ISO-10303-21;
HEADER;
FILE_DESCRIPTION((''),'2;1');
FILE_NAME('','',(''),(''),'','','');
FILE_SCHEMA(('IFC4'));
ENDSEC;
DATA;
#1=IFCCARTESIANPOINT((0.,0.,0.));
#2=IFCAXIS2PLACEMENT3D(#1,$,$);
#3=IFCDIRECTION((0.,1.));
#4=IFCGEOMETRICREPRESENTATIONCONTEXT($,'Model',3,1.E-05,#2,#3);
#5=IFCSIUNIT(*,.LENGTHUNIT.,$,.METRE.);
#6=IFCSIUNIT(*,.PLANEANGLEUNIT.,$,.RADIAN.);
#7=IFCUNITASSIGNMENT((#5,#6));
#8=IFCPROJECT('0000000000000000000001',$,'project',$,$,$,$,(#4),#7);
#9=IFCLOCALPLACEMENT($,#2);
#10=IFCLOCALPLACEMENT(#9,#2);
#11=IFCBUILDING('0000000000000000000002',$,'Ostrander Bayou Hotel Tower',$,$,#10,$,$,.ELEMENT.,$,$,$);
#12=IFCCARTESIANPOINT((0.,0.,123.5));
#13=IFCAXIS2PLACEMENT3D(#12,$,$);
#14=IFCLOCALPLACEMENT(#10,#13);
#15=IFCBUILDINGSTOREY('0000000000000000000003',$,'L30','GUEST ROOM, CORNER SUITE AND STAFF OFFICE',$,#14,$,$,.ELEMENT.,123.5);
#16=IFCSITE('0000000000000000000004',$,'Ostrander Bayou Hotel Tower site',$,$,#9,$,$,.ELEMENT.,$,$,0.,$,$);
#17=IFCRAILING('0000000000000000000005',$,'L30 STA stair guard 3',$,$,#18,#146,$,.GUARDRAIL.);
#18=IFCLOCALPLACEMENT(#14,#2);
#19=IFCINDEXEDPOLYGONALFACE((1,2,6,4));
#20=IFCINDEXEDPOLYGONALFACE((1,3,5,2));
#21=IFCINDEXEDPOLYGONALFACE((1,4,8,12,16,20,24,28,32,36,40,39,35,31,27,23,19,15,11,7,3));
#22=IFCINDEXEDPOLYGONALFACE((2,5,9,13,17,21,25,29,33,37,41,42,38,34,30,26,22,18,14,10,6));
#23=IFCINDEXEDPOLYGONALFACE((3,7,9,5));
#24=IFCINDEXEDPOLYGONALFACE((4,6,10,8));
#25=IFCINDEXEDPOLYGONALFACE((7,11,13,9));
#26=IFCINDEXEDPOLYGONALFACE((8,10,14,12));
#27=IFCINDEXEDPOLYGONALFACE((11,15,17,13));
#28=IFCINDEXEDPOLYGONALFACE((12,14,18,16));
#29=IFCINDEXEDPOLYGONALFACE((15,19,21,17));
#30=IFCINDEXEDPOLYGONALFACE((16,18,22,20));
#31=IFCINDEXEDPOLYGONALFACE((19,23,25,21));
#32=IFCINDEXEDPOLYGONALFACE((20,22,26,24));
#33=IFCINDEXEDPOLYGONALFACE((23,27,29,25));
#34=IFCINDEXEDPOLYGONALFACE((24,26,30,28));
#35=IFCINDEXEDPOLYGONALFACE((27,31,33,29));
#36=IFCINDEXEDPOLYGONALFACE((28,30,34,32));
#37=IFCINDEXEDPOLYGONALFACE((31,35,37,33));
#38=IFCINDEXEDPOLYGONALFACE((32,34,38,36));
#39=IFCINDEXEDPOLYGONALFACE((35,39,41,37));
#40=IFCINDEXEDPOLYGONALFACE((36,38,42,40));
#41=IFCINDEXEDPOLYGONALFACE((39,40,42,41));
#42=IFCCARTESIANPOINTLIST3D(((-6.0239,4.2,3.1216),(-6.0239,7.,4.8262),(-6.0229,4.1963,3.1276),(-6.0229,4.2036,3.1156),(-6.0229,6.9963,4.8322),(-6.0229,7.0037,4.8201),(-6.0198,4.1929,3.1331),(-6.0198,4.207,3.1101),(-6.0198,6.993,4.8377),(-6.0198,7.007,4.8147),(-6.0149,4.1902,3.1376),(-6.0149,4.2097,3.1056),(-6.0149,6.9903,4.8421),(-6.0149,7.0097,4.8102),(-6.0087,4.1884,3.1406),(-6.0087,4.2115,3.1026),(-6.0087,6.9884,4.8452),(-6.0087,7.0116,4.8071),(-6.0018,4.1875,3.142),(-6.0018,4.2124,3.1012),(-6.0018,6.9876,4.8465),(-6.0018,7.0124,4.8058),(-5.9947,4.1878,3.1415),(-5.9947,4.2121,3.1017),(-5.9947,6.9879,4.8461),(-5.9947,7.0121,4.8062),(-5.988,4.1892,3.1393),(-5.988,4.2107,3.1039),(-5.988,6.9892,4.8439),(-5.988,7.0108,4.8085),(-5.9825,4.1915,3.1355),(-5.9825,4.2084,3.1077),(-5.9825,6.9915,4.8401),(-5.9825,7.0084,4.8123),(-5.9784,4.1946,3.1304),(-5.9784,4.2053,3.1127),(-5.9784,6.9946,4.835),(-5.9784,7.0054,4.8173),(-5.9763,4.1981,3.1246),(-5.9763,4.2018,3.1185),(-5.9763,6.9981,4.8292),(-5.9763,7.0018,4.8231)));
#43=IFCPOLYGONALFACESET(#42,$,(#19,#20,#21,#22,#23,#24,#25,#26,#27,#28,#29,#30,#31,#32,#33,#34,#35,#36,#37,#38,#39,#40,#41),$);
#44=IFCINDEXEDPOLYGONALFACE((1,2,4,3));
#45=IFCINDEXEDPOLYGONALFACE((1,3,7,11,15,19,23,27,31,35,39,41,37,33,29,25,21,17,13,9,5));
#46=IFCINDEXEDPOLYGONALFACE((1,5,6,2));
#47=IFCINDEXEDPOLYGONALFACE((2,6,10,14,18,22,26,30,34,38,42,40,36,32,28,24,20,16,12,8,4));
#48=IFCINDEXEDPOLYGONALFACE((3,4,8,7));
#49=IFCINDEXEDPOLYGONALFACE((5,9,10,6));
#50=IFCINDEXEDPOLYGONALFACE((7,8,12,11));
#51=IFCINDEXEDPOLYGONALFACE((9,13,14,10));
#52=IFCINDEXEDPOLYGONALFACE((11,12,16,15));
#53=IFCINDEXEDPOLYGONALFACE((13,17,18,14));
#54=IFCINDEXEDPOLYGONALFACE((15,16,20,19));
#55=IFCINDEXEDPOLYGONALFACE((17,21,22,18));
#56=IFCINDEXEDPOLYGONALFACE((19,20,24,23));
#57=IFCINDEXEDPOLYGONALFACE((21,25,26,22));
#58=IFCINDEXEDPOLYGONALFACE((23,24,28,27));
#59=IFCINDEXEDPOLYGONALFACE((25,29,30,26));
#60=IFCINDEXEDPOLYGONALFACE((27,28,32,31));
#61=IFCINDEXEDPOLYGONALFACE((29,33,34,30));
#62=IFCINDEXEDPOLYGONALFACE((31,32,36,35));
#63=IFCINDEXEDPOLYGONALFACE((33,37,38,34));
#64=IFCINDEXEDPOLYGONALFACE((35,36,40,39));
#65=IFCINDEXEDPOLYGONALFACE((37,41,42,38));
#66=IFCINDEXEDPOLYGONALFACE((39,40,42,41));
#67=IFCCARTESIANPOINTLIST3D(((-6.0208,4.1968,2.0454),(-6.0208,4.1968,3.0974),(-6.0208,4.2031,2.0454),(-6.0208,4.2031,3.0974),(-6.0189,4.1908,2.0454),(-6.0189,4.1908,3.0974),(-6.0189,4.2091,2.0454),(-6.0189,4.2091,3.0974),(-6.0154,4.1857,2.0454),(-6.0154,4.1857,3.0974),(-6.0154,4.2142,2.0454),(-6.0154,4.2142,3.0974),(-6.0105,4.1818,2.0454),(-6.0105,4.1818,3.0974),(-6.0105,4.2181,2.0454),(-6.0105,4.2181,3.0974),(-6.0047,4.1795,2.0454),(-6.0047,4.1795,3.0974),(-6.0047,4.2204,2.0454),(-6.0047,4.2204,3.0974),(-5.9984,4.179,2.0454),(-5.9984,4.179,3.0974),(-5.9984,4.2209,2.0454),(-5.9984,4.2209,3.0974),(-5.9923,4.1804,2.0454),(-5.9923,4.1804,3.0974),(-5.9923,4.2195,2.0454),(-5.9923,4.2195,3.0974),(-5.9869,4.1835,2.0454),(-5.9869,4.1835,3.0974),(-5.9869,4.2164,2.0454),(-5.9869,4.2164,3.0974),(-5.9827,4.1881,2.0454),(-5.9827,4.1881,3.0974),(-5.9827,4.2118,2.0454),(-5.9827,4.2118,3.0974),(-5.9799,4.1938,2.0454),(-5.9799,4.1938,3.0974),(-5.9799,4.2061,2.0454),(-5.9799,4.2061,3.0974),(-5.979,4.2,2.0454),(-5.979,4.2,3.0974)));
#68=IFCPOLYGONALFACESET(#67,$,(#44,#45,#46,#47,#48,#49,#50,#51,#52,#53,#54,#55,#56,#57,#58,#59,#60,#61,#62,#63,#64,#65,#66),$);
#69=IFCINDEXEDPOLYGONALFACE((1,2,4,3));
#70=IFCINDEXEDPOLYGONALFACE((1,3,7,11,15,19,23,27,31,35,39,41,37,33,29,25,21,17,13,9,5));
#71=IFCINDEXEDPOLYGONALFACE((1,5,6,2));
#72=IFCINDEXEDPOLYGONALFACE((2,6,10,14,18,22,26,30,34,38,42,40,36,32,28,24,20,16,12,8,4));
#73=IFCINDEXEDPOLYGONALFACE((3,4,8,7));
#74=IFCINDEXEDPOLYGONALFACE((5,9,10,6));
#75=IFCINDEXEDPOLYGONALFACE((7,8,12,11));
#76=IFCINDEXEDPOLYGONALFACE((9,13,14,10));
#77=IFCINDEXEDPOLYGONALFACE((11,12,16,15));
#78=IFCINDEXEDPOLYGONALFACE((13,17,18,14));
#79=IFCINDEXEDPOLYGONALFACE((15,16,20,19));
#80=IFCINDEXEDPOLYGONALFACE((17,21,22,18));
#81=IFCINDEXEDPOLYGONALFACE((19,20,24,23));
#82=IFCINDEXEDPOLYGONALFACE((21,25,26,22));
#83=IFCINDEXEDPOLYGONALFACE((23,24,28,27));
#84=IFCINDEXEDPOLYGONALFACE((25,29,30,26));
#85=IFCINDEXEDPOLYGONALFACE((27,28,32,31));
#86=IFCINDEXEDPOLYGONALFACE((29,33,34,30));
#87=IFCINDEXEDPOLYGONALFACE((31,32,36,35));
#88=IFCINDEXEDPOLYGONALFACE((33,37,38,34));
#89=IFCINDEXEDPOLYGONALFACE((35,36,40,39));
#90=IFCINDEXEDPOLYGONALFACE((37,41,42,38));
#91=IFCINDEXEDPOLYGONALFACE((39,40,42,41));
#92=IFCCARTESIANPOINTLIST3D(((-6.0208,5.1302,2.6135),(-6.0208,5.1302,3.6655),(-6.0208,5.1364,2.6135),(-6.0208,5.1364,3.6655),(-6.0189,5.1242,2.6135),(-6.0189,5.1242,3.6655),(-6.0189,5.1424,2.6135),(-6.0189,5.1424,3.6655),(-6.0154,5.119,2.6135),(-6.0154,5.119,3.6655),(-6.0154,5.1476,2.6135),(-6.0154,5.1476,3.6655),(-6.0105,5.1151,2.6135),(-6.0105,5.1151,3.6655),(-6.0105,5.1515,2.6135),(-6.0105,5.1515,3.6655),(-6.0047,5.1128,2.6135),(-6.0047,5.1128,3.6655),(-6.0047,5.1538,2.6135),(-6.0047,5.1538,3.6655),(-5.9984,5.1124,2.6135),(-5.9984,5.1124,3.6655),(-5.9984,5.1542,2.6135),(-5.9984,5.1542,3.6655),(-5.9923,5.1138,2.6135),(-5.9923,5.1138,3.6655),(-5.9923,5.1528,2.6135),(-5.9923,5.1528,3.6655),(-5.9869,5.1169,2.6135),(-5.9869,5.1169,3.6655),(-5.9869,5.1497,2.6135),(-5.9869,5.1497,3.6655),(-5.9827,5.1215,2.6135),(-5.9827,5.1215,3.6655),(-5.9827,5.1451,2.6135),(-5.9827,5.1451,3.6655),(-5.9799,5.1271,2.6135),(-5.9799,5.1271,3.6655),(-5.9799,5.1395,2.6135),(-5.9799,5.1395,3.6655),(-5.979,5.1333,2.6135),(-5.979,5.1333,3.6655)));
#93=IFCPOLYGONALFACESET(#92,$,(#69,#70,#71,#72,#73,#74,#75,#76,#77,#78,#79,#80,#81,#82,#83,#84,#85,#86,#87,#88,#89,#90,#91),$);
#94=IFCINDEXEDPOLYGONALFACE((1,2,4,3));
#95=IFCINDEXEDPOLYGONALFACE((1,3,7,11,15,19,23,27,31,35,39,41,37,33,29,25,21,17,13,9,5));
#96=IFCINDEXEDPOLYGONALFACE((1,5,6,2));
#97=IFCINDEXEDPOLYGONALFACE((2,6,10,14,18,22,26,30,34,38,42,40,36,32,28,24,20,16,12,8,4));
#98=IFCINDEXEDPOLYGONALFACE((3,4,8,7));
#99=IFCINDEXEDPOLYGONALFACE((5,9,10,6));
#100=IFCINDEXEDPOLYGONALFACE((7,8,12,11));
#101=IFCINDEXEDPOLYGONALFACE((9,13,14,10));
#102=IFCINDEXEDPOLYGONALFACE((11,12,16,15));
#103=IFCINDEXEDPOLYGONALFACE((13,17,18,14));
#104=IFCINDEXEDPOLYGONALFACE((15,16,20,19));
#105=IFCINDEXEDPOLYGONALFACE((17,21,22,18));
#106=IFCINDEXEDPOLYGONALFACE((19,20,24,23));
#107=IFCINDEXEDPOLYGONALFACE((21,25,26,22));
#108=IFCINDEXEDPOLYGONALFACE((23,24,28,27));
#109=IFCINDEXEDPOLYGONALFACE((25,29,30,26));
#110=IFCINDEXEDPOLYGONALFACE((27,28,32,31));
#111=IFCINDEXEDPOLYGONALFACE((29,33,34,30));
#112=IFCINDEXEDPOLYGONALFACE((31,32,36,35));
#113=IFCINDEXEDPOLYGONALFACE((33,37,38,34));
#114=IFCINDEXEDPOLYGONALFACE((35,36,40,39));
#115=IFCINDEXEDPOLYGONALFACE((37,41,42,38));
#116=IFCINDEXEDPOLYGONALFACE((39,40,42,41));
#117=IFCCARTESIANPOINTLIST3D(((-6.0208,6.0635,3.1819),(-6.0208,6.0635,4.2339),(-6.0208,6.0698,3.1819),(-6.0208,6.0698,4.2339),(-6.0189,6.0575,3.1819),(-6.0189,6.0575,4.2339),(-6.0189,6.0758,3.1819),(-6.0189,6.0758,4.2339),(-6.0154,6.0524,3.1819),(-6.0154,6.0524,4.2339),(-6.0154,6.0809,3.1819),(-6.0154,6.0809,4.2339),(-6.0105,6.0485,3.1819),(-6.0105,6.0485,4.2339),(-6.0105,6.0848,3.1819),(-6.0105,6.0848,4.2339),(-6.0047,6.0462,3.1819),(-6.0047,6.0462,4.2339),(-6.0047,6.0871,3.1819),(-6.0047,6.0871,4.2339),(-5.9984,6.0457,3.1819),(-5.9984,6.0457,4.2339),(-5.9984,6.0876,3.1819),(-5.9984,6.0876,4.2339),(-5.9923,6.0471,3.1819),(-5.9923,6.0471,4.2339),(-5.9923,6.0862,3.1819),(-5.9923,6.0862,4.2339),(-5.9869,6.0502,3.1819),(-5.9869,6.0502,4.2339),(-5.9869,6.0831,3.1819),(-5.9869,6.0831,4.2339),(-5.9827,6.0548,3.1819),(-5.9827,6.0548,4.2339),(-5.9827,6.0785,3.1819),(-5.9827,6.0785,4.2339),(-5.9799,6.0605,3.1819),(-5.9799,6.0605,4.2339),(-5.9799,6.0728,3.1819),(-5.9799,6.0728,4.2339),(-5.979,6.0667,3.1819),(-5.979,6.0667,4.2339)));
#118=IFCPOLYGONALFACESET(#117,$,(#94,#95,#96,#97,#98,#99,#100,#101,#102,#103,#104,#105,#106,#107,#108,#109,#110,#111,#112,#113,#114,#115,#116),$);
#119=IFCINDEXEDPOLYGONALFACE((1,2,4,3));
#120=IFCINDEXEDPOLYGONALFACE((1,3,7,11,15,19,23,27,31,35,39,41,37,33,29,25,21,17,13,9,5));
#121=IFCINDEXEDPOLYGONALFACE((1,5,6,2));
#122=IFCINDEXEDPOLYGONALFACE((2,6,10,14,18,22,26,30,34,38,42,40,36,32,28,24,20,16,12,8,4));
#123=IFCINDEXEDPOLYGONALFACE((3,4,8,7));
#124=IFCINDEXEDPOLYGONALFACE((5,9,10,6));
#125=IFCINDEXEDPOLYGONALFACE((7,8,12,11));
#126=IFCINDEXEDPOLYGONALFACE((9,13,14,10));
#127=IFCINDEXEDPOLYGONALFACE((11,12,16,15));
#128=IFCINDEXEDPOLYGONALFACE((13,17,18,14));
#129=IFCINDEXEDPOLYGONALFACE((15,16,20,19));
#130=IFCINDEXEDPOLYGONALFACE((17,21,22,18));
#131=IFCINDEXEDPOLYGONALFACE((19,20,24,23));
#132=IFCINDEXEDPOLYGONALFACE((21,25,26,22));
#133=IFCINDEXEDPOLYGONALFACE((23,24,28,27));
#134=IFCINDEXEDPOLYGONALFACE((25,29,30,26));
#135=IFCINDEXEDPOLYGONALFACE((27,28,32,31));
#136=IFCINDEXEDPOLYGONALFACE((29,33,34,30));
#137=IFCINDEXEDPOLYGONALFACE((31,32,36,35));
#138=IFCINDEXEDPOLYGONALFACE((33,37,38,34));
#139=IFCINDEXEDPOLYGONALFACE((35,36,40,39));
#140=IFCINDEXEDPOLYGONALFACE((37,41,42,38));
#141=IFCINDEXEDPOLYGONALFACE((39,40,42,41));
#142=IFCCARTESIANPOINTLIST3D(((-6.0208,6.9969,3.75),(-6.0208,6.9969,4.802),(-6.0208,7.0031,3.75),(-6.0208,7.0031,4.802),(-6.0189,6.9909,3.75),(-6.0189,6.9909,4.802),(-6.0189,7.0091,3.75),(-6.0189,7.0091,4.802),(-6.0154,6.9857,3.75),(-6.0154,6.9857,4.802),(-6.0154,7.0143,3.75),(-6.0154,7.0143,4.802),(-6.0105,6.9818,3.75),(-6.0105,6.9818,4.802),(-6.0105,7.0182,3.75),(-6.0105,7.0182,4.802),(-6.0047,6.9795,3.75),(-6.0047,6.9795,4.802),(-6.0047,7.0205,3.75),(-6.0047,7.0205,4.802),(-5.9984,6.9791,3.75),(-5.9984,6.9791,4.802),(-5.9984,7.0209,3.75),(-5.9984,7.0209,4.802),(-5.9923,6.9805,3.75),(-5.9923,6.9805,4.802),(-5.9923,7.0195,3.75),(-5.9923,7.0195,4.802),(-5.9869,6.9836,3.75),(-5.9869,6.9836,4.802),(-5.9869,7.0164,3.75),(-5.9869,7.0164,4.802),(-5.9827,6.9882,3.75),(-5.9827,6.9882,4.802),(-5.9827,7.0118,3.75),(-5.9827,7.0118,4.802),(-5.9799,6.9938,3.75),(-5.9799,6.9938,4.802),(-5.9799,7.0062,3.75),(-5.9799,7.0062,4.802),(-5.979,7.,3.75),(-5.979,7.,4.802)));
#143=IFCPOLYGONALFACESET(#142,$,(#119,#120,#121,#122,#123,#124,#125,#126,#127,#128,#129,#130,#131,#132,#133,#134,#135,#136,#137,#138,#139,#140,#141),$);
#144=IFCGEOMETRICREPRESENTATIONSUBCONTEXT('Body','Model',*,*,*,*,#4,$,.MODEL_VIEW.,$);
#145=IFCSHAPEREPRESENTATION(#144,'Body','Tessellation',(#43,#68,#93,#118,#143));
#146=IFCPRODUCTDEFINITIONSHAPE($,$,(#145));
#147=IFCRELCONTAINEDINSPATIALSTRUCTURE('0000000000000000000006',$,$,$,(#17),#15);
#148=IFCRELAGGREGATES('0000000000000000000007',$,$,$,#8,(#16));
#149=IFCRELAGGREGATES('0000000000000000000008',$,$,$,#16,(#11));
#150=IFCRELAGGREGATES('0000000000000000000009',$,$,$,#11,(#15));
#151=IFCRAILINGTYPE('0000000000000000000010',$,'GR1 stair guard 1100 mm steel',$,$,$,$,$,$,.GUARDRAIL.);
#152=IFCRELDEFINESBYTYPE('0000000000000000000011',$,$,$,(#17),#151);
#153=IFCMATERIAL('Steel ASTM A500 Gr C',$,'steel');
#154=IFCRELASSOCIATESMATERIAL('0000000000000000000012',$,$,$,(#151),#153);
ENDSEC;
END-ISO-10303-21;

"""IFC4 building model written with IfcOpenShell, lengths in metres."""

from ifc_helpers import new_model, si_unit, direction, frame, origin, origin_2d, place, context, subcontext, project, spatial, circle, extrude, material, type_object, element, save


model = new_model("IFC4")

# Units and contexts
model_context = context("Model", 3, precision=1e-05, world=origin(), true_north=direction((0.0, 1.0)))
body_context = subcontext(model_context, "Body", "Model", "MODEL_VIEW")
ifc_project = project(units=[si_unit("LENGTHUNIT", "METRE"), si_unit("PLANEANGLEUNIT", "RADIAN")], contexts=[model_context])

# Site, building, storey
site_placement = place(None, origin())
site = spatial("IfcSite", under=ifc_project, at=site_placement, Name="Ostrander Bayou Hotel Tower site", CompositionType="ELEMENT", RefElevation=0.0)
building_placement = place(site_placement, origin())
building = spatial("IfcBuilding", under=site, at=building_placement, Name="Ostrander Bayou Hotel Tower", CompositionType="ELEMENT")
storey_placement = place(building_placement, frame((0.0, 0.0, 123.5)))
storey = spatial("IfcBuildingStorey", under=building, at=storey_placement, Name="L30", Description="GUEST ROOM, CORNER SUITE AND STAFF OFFICE", CompositionType="ELEMENT", Elevation=123.5)

# Railing
ifc_material_1 = material(Name="Steel ASTM A500 Gr C", Category="steel")
railing_type_1 = type_object("IfcRailingType", Name="GR1 stair guard 1100 mm steel", PredefinedType="GUARDRAIL", material=ifc_material_1)
railing_1_placement = place(storey_placement, frame((-6.0, 4.2, 2.0454)))
element("IfcRailing", 1, at=railing_1_placement, inside=storey, type_object=railing_type_1, Name="L30 STA stair guard 3", PredefinedType="GUARDRAIL", context=body_context, shape_type="SweptSolid", body=[
    extrude(circle(Radius=0.0239, at=origin_2d()), frame((0.0, 0.0, 1.0762), z_axis=(0.0, 0.85417, 0.519994), x_axis=(-1.0, 0.0, 0.0)), (0.0, 0.0, 1.0), 3.2781),
    extrude(circle(Radius=0.021, at=origin_2d()), origin(), (0.0, 0.0, 1.0), 1.052),
    extrude(circle(Radius=0.021, at=origin_2d()), frame((0.0, 0.9333, 0.5681)), (0.0, 0.0, 1.0), 1.052),
    extrude(circle(Radius=0.021, at=origin_2d()), frame((0.0, 1.8667, 1.1365)), (0.0, 0.0, 1.0), 1.052),
    extrude(circle(Radius=0.021, at=origin_2d()), frame((0.0, 2.8, 1.7046)), (0.0, 0.0, 1.0), 1.052),
])

save(model, "model.ifc")
